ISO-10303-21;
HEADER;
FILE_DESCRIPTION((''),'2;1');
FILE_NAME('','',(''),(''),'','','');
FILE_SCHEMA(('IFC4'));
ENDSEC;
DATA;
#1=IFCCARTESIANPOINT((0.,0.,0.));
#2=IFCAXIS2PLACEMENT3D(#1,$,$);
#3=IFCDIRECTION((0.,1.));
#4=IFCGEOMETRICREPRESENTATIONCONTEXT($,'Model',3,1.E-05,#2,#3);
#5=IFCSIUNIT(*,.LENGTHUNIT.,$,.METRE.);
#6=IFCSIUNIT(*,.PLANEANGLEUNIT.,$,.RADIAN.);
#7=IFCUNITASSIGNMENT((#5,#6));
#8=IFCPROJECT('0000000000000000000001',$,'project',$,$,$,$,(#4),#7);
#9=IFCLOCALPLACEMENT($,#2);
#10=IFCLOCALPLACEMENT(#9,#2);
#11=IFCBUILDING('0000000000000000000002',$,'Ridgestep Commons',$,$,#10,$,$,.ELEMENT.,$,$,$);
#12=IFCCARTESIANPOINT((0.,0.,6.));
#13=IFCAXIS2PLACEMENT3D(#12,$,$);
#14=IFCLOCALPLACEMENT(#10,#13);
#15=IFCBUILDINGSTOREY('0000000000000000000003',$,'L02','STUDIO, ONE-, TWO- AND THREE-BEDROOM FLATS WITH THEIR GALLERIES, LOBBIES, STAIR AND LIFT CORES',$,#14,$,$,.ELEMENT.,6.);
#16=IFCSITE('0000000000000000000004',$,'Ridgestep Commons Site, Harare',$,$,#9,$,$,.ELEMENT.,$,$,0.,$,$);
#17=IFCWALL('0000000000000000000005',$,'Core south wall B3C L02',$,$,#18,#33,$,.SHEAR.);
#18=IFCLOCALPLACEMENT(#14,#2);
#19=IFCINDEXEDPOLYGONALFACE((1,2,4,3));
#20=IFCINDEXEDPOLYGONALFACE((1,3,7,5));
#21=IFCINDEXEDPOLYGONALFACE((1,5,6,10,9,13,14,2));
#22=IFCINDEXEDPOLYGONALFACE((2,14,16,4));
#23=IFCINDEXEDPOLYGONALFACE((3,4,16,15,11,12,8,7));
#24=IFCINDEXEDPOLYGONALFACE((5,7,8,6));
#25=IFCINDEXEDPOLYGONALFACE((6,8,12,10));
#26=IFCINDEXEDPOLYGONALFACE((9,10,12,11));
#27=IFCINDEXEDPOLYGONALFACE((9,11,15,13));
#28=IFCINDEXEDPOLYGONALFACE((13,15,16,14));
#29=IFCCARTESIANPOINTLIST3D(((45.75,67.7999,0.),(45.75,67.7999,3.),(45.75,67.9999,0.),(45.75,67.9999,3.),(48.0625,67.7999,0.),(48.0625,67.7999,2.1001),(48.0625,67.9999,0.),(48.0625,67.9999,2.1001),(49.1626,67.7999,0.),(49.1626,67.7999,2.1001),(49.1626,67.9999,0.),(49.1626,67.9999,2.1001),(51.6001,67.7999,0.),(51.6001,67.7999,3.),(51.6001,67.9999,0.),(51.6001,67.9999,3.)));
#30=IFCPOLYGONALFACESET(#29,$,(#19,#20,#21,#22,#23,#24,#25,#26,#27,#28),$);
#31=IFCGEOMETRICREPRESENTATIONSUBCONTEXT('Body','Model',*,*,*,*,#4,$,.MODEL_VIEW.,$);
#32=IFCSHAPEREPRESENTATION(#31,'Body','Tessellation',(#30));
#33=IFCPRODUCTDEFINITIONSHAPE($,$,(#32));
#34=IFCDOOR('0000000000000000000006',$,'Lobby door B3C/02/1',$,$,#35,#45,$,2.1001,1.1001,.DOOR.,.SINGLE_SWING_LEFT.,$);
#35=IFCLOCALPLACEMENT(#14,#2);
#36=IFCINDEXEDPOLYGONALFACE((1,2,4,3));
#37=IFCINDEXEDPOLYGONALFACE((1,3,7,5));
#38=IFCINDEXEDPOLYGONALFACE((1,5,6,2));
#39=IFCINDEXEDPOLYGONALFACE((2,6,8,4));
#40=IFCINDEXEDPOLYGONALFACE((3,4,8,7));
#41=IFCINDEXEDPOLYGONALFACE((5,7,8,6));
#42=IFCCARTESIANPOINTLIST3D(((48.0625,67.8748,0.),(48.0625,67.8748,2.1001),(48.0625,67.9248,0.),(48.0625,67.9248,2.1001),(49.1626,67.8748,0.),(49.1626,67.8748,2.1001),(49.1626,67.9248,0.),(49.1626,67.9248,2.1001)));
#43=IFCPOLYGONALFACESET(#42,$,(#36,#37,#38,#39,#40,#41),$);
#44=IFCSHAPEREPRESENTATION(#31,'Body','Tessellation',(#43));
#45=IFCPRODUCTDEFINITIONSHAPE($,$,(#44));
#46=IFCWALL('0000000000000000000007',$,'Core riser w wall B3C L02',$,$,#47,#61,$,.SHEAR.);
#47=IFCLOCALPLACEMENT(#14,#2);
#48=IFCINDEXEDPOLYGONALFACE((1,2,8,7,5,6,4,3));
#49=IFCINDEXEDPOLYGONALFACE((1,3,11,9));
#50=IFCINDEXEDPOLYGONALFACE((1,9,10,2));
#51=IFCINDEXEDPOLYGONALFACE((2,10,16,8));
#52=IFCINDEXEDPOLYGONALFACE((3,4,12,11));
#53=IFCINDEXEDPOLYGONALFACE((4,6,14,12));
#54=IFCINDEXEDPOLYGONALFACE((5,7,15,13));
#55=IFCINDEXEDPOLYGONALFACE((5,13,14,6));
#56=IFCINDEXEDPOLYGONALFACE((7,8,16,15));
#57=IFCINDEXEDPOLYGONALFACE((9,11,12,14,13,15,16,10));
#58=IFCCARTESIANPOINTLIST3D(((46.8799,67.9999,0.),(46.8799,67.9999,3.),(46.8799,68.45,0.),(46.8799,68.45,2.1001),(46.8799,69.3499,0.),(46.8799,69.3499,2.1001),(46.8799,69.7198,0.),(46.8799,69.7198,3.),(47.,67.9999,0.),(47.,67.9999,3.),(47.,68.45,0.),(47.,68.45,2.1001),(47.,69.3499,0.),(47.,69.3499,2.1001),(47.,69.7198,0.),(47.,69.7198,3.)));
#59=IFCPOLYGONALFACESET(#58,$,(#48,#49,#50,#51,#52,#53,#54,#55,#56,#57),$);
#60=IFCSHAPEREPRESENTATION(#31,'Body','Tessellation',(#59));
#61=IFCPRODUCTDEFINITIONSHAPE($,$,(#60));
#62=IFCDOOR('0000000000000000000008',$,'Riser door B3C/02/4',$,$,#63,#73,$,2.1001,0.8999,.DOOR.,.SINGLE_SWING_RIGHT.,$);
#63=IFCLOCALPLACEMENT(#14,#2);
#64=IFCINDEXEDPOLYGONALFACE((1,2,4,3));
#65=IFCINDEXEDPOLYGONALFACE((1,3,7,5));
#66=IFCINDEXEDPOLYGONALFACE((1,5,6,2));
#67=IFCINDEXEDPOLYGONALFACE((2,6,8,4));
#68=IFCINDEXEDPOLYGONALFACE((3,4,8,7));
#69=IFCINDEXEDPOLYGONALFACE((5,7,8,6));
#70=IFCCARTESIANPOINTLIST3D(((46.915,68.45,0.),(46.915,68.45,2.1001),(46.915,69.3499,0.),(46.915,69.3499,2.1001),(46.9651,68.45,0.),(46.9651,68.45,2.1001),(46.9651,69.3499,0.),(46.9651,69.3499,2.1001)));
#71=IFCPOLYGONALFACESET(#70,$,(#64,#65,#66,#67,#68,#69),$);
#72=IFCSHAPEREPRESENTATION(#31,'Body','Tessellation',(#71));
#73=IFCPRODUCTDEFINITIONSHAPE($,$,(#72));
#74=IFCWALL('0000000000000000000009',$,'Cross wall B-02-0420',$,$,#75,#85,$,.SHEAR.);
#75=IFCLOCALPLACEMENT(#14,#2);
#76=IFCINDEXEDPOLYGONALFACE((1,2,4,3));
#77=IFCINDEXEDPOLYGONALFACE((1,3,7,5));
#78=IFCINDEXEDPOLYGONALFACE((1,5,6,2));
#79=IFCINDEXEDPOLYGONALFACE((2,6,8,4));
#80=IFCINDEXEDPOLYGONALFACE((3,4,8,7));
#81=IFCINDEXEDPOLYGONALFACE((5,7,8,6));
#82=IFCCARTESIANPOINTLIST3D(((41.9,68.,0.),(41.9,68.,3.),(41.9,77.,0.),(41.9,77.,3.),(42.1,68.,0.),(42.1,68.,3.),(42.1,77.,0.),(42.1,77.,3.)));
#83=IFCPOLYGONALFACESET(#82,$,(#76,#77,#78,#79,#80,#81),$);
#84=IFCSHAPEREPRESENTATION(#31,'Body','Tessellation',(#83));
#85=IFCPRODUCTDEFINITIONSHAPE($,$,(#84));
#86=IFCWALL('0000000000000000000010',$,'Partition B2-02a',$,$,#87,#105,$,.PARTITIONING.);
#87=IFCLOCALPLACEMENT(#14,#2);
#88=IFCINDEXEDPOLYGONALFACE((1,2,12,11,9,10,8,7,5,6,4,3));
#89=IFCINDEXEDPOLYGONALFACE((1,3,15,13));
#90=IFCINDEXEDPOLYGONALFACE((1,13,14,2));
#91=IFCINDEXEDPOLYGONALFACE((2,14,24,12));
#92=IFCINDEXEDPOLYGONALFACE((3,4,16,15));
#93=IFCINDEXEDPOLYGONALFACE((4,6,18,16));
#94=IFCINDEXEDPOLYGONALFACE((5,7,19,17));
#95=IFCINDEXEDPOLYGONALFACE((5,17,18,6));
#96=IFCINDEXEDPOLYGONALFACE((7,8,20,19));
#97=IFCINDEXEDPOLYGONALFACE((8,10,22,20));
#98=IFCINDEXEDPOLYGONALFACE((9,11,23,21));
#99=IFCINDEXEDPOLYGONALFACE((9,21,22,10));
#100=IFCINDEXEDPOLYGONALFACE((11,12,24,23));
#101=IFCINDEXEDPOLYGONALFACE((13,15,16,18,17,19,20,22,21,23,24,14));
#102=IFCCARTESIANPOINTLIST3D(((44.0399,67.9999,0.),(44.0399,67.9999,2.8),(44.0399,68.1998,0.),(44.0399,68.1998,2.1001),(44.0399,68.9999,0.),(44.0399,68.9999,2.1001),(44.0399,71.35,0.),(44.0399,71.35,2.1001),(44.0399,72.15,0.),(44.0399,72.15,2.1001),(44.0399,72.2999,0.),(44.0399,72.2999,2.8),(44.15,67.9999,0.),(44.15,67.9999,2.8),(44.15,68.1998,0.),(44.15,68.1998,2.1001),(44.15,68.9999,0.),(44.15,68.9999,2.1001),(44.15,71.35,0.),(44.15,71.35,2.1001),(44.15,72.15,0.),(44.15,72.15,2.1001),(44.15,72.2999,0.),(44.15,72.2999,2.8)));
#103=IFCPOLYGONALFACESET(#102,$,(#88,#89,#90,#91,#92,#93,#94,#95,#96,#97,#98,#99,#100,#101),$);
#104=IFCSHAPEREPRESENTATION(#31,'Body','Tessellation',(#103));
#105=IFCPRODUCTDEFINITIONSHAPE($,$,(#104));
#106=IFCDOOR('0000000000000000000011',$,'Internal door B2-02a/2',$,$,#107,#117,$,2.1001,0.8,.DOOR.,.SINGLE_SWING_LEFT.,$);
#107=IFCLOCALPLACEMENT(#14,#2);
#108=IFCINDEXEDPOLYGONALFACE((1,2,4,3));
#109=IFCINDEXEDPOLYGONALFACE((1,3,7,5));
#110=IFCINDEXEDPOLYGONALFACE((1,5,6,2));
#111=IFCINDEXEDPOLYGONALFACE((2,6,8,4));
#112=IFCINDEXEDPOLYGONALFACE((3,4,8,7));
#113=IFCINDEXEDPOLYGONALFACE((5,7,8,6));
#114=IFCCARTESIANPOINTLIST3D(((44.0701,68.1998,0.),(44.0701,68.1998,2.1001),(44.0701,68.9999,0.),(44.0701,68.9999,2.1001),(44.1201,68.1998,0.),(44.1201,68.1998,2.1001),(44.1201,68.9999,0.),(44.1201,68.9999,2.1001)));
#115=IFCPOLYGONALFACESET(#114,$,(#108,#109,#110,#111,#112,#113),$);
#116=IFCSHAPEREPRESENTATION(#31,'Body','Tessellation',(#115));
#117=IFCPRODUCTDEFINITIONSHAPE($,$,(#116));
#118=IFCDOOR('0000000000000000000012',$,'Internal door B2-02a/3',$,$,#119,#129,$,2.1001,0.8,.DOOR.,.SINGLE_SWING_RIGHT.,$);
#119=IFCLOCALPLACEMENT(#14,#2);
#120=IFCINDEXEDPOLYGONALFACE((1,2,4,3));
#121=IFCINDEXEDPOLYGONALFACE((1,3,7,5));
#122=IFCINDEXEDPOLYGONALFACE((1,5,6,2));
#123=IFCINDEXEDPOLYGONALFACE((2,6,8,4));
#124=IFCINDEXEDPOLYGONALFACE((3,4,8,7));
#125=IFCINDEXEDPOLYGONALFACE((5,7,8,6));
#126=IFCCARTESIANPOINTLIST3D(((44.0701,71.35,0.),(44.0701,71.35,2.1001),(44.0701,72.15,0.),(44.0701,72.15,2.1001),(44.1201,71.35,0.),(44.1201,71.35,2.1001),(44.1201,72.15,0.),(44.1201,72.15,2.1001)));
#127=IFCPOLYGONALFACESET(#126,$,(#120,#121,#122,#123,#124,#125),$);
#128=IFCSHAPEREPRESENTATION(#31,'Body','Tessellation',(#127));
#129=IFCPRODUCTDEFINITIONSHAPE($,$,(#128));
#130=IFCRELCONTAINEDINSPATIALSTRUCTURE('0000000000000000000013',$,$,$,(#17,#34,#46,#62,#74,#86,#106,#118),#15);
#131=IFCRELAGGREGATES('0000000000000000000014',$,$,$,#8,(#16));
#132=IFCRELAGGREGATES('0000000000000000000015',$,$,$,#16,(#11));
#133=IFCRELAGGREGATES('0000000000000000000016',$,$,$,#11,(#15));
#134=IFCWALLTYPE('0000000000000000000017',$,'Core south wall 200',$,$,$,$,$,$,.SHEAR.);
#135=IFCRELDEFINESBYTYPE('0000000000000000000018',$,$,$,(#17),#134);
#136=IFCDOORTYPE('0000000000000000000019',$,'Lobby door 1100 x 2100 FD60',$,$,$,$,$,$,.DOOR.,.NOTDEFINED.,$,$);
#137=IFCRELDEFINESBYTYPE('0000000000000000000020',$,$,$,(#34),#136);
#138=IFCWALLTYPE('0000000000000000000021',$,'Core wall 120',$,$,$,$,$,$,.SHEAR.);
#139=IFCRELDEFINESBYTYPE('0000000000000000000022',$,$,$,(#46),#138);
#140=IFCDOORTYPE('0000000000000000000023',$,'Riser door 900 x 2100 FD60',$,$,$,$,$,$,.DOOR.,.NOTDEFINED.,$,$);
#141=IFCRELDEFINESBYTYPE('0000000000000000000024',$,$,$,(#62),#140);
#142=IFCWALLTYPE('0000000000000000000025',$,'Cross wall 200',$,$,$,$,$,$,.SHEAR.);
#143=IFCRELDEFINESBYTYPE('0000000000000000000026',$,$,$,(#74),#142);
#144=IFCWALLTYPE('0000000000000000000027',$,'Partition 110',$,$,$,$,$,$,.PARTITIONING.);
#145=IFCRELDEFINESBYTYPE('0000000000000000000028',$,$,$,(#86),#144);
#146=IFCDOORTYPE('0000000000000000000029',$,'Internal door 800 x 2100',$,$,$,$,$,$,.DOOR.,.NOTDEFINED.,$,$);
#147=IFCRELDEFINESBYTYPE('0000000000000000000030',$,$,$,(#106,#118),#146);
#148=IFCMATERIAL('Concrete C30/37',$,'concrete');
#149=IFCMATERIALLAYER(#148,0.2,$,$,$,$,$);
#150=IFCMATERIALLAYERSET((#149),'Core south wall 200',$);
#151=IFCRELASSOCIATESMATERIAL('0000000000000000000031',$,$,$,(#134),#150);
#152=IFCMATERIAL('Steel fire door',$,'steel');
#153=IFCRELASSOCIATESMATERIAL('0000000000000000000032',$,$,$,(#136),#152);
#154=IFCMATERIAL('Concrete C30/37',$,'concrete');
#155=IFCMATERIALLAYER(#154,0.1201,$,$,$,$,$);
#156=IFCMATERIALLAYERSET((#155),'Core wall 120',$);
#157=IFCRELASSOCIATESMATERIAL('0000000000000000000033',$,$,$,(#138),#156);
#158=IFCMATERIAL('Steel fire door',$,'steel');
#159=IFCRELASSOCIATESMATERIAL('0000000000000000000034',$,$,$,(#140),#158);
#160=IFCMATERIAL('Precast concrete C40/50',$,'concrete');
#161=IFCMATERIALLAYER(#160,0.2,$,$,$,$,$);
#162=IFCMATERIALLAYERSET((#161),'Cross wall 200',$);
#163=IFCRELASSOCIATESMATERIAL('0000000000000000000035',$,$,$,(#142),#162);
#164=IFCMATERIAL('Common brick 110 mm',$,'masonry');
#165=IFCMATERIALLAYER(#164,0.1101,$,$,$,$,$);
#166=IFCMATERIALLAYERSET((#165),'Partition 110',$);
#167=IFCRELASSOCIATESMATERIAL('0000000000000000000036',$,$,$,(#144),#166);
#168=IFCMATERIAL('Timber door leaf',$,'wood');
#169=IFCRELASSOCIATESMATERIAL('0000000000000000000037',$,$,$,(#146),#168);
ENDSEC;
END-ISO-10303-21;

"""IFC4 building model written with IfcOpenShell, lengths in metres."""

from ifc_helpers import new_model, si_unit, direction, frame, frame_2d, origin, place, context, subcontext, project, spatial, rectangle, extrude, material, layer, layer_set, type_object, element, fill, save


model = new_model("IFC4")

# Units and contexts
model_context = context("Model", 3, precision=1e-05, world=origin(), true_north=direction((0.0, 1.0)))
body_context = subcontext(model_context, "Body", "Model", "MODEL_VIEW")
ifc_project = project(units=[si_unit("LENGTHUNIT", "METRE"), si_unit("PLANEANGLEUNIT", "RADIAN")], contexts=[model_context])

# Site, building, storey
site_placement = place(None, origin())
site = spatial("IfcSite", under=ifc_project, at=site_placement, Name="Ridgestep Commons Site, Harare", CompositionType="ELEMENT", RefElevation=0.0)
building_placement = place(site_placement, origin())
building = spatial("IfcBuilding", under=site, at=building_placement, Name="Ridgestep Commons", CompositionType="ELEMENT")
storey_placement = place(building_placement, frame((0.0, 0.0, 6.0)))
storey = spatial("IfcBuildingStorey", under=building, at=storey_placement, Name="L02", Description="STUDIO, ONE-, TWO- AND THREE-BEDROOM FLATS WITH THEIR GALLERIES, LOBBIES, STAIR AND LIFT CORES", CompositionType="ELEMENT", Elevation=6.0)

# Walls, openings, doors
ifc_material_1 = material(Name="Concrete C30/37", Category="concrete")
ifc_layer_1 = layer(ifc_material_1, 0.2)
ifc_layer_set_1 = layer_set([ifc_layer_1], Name="Core south wall 200")
wall_type_1 = type_object("IfcWallType", Name="Core south wall 200", PredefinedType="SHEAR", material=ifc_layer_set_1)
wall_1_placement = place(storey_placement, frame((45.75, 67.8999, 0.0), z_axis=(0.0, 0.0, 1.0), x_axis=(1.0, 0.0, 0.0)))
wall_1 = element("IfcWall", 1, at=wall_1_placement, inside=storey, type_object=wall_type_1, Name="Core south wall B3C L02", PredefinedType="SHEAR", context=body_context, shape_type="SweptSolid", body=[
    extrude(rectangle(XDim=5.8501, YDim=0.2, at=frame_2d((2.925, 0.0))), origin(), (0.0, 0.0, 1.0), 3.0),
])
opening_1_placement = place(wall_1_placement, frame((2.3125, 0.0, 0.0)))
opening_1 = element("IfcOpeningElement", 2, at=opening_1_placement, cuts=wall_1, PredefinedType="OPENING", context=body_context, shape_type="SweptSolid", body=[
    extrude(rectangle(XDim=1.1001, YDim=2.1001, at=frame_2d((0.55, 1.05))), frame((0.0, 0.1099, 0.0), z_axis=(0.0, -1.0, 0.0), x_axis=(1.0, 0.0, 0.0)), (0.0, 0.0, 1.0), 0.22),
])
ifc_material_2 = material(Name="Steel fire door", Category="steel")
door_type_1 = type_object("IfcDoorType", Name="Lobby door 1100 x 2100 FD60", OperationType="NOTDEFINED", PredefinedType="DOOR", material=ifc_material_2)
door_1_placement = place(opening_1_placement, origin())
door_1 = element("IfcDoor", 3, at=door_1_placement, inside=storey, type_object=door_type_1, Name="Lobby door B3C/02/1", OperationType="SINGLE_SWING_LEFT", OverallHeight=2.1001, OverallWidth=1.1001, PredefinedType="DOOR", context=body_context, shape_type="SweptSolid", body=[
    extrude(rectangle(XDim=1.1001, YDim=2.1001, at=frame_2d((0.55, 1.05))), frame((0.0, 0.0249, 0.0), z_axis=(0.0, -1.0, 0.0), x_axis=(1.0, 0.0, 0.0)), (0.0, 0.0, 1.0), 0.05),
])
fill(opening_1, door_1)
ifc_material_3 = material(Name="Concrete C30/37", Category="concrete")
ifc_layer_2 = layer(ifc_material_3, 0.1201)
ifc_layer_set_2 = layer_set([ifc_layer_2], Name="Core wall 120")
wall_type_2 = type_object("IfcWallType", Name="Core wall 120", PredefinedType="SHEAR", material=ifc_layer_set_2)
wall_2_placement = place(storey_placement, frame((46.9399, 68.0, 0.0), z_axis=(0.0, 0.0, 1.0), x_axis=(0.0, 1.0, 0.0)))
wall_2 = element("IfcWall", 4, at=wall_2_placement, inside=storey, type_object=wall_type_2, Name="Core riser w wall B3C L02", PredefinedType="SHEAR", context=body_context, shape_type="SweptSolid", body=[
    extrude(rectangle(XDim=1.72, YDim=0.1201, at=frame_2d((0.8599, 0.0))), origin(), (0.0, 0.0, 1.0), 3.0),
])
opening_2_placement = place(wall_2_placement, frame((0.45, 0.0, 0.0)))
opening_2 = element("IfcOpeningElement", 5, at=opening_2_placement, cuts=wall_2, PredefinedType="OPENING", context=body_context, shape_type="SweptSolid", body=[
    extrude(rectangle(XDim=0.8999, YDim=2.1001, at=frame_2d((0.45, 1.05))), frame((0.0, 0.0701, 0.0), z_axis=(0.0, -1.0, 0.0), x_axis=(1.0, 0.0, 0.0)), (0.0, 0.0, 1.0), 0.1401),
])
ifc_material_4 = material(Name="Steel fire door", Category="steel")
door_type_2 = type_object("IfcDoorType", Name="Riser door 900 x 2100 FD60", OperationType="NOTDEFINED", PredefinedType="DOOR", material=ifc_material_4)
door_2_placement = place(opening_2_placement, origin())
door_2 = element("IfcDoor", 6, at=door_2_placement, inside=storey, type_object=door_type_2, Name="Riser door B3C/02/4", OperationType="SINGLE_SWING_RIGHT", OverallHeight=2.1001, OverallWidth=0.8999, PredefinedType="DOOR", context=body_context, shape_type="SweptSolid", body=[
    extrude(rectangle(XDim=0.8999, YDim=2.1001, at=frame_2d((0.45, 1.05))), frame((0.0, 0.0249, 0.0), z_axis=(0.0, -1.0, 0.0), x_axis=(1.0, 0.0, 0.0)), (0.0, 0.0, 1.0), 0.05),
])
fill(opening_2, door_2)

# Wall
ifc_material_5 = material(Name="Precast concrete C40/50", Category="concrete")
ifc_layer_3 = layer(ifc_material_5, 0.2)
ifc_layer_set_3 = layer_set([ifc_layer_3], Name="Cross wall 200")
wall_type_3 = type_object("IfcWallType", Name="Cross wall 200", PredefinedType="SHEAR", material=ifc_layer_set_3)
wall_3_placement = place(storey_placement, frame((42.0, 68.0, 0.0), z_axis=(0.0, 0.0, 1.0), x_axis=(0.0, 1.0, 0.0)))
element("IfcWall", 7, at=wall_3_placement, inside=storey, type_object=wall_type_3, Name="Cross wall B-02-0420", PredefinedType="SHEAR", context=body_context, shape_type="SweptSolid", body=[
    extrude(rectangle(XDim=9.0, YDim=0.2, at=frame_2d((4.5, 0.0))), origin(), (0.0, 0.0, 1.0), 3.0),
])

# Wall, openings, doors
ifc_material_6 = material(Name="Common brick 110 mm", Category="masonry")
ifc_layer_4 = layer(ifc_material_6, 0.1101)
ifc_layer_set_4 = layer_set([ifc_layer_4], Name="Partition 110")
wall_type_4 = type_object("IfcWallType", Name="Partition 110", PredefinedType="PARTITIONING", material=ifc_layer_set_4)
wall_4_placement = place(storey_placement, frame((44.095, 68.0, 0.0), z_axis=(0.0, 0.0, 1.0), x_axis=(0.0, 1.0, 0.0)))
wall_4 = element("IfcWall", 8, at=wall_4_placement, inside=storey, type_object=wall_type_4, Name="Partition B2-02a", PredefinedType="PARTITIONING", context=body_context, shape_type="SweptSolid", body=[
    extrude(rectangle(XDim=4.3, YDim=0.1101, at=frame_2d((2.1499, 0.0))), origin(), (0.0, 0.0, 1.0), 2.8),
])
opening_3_placement = place(wall_4_placement, frame((0.2, 0.0, 0.0)))
opening_3 = element("IfcOpeningElement", 9, at=opening_3_placement, cuts=wall_4, PredefinedType="OPENING", context=body_context, shape_type="SweptSolid", body=[
    extrude(rectangle(XDim=0.8, YDim=2.1001, at=frame_2d((0.3999, 1.05))), frame((0.0, 0.0649, 0.0), z_axis=(0.0, -1.0, 0.0), x_axis=(1.0, 0.0, 0.0)), (0.0, 0.0, 1.0), 0.1301),
])
opening_4_placement = place(wall_4_placement, frame((3.3501, 0.0, 0.0)))
opening_4 = element("IfcOpeningElement", 10, at=opening_4_placement, cuts=wall_4, PredefinedType="OPENING", context=body_context, shape_type="SweptSolid", body=[
    extrude(rectangle(XDim=0.8, YDim=2.1001, at=frame_2d((0.3999, 1.05))), frame((0.0, 0.0649, 0.0), z_axis=(0.0, -1.0, 0.0), x_axis=(1.0, 0.0, 0.0)), (0.0, 0.0, 1.0), 0.1301),
])
ifc_material_7 = material(Name="Timber door leaf", Category="wood")
door_type_3 = type_object("IfcDoorType", Name="Internal door 800 x 2100", OperationType="NOTDEFINED", PredefinedType="DOOR", material=ifc_material_7)
door_3_placement = place(opening_3_placement, origin())
door_3 = element("IfcDoor", 11, at=door_3_placement, inside=storey, type_object=door_type_3, Name="Internal door B2-02a/2", OperationType="SINGLE_SWING_LEFT", OverallHeight=2.1001, OverallWidth=0.8, PredefinedType="DOOR", context=body_context, shape_type="SweptSolid", body=[
    extrude(rectangle(XDim=0.8, YDim=2.1001, at=frame_2d((0.3999, 1.05))), frame((0.0, 0.0249, 0.0), z_axis=(0.0, -1.0, 0.0), x_axis=(1.0, 0.0, 0.0)), (0.0, 0.0, 1.0), 0.05),
])
fill(opening_3, door_3)
door_4_placement = place(opening_4_placement, origin())
door_4 = element("IfcDoor", 12, at=door_4_placement, inside=storey, type_object=door_type_3, Name="Internal door B2-02a/3", OperationType="SINGLE_SWING_RIGHT", OverallHeight=2.1001, OverallWidth=0.8, PredefinedType="DOOR", context=body_context, shape_type="SweptSolid", body=[
    extrude(rectangle(XDim=0.8, YDim=2.1001, at=frame_2d((0.3999, 1.05))), frame((0.0, 0.0249, 0.0), z_axis=(0.0, -1.0, 0.0), x_axis=(1.0, 0.0, 0.0)), (0.0, 0.0, 1.0), 0.05),
])
fill(opening_4, door_4)

save(model, "model.ifc")
